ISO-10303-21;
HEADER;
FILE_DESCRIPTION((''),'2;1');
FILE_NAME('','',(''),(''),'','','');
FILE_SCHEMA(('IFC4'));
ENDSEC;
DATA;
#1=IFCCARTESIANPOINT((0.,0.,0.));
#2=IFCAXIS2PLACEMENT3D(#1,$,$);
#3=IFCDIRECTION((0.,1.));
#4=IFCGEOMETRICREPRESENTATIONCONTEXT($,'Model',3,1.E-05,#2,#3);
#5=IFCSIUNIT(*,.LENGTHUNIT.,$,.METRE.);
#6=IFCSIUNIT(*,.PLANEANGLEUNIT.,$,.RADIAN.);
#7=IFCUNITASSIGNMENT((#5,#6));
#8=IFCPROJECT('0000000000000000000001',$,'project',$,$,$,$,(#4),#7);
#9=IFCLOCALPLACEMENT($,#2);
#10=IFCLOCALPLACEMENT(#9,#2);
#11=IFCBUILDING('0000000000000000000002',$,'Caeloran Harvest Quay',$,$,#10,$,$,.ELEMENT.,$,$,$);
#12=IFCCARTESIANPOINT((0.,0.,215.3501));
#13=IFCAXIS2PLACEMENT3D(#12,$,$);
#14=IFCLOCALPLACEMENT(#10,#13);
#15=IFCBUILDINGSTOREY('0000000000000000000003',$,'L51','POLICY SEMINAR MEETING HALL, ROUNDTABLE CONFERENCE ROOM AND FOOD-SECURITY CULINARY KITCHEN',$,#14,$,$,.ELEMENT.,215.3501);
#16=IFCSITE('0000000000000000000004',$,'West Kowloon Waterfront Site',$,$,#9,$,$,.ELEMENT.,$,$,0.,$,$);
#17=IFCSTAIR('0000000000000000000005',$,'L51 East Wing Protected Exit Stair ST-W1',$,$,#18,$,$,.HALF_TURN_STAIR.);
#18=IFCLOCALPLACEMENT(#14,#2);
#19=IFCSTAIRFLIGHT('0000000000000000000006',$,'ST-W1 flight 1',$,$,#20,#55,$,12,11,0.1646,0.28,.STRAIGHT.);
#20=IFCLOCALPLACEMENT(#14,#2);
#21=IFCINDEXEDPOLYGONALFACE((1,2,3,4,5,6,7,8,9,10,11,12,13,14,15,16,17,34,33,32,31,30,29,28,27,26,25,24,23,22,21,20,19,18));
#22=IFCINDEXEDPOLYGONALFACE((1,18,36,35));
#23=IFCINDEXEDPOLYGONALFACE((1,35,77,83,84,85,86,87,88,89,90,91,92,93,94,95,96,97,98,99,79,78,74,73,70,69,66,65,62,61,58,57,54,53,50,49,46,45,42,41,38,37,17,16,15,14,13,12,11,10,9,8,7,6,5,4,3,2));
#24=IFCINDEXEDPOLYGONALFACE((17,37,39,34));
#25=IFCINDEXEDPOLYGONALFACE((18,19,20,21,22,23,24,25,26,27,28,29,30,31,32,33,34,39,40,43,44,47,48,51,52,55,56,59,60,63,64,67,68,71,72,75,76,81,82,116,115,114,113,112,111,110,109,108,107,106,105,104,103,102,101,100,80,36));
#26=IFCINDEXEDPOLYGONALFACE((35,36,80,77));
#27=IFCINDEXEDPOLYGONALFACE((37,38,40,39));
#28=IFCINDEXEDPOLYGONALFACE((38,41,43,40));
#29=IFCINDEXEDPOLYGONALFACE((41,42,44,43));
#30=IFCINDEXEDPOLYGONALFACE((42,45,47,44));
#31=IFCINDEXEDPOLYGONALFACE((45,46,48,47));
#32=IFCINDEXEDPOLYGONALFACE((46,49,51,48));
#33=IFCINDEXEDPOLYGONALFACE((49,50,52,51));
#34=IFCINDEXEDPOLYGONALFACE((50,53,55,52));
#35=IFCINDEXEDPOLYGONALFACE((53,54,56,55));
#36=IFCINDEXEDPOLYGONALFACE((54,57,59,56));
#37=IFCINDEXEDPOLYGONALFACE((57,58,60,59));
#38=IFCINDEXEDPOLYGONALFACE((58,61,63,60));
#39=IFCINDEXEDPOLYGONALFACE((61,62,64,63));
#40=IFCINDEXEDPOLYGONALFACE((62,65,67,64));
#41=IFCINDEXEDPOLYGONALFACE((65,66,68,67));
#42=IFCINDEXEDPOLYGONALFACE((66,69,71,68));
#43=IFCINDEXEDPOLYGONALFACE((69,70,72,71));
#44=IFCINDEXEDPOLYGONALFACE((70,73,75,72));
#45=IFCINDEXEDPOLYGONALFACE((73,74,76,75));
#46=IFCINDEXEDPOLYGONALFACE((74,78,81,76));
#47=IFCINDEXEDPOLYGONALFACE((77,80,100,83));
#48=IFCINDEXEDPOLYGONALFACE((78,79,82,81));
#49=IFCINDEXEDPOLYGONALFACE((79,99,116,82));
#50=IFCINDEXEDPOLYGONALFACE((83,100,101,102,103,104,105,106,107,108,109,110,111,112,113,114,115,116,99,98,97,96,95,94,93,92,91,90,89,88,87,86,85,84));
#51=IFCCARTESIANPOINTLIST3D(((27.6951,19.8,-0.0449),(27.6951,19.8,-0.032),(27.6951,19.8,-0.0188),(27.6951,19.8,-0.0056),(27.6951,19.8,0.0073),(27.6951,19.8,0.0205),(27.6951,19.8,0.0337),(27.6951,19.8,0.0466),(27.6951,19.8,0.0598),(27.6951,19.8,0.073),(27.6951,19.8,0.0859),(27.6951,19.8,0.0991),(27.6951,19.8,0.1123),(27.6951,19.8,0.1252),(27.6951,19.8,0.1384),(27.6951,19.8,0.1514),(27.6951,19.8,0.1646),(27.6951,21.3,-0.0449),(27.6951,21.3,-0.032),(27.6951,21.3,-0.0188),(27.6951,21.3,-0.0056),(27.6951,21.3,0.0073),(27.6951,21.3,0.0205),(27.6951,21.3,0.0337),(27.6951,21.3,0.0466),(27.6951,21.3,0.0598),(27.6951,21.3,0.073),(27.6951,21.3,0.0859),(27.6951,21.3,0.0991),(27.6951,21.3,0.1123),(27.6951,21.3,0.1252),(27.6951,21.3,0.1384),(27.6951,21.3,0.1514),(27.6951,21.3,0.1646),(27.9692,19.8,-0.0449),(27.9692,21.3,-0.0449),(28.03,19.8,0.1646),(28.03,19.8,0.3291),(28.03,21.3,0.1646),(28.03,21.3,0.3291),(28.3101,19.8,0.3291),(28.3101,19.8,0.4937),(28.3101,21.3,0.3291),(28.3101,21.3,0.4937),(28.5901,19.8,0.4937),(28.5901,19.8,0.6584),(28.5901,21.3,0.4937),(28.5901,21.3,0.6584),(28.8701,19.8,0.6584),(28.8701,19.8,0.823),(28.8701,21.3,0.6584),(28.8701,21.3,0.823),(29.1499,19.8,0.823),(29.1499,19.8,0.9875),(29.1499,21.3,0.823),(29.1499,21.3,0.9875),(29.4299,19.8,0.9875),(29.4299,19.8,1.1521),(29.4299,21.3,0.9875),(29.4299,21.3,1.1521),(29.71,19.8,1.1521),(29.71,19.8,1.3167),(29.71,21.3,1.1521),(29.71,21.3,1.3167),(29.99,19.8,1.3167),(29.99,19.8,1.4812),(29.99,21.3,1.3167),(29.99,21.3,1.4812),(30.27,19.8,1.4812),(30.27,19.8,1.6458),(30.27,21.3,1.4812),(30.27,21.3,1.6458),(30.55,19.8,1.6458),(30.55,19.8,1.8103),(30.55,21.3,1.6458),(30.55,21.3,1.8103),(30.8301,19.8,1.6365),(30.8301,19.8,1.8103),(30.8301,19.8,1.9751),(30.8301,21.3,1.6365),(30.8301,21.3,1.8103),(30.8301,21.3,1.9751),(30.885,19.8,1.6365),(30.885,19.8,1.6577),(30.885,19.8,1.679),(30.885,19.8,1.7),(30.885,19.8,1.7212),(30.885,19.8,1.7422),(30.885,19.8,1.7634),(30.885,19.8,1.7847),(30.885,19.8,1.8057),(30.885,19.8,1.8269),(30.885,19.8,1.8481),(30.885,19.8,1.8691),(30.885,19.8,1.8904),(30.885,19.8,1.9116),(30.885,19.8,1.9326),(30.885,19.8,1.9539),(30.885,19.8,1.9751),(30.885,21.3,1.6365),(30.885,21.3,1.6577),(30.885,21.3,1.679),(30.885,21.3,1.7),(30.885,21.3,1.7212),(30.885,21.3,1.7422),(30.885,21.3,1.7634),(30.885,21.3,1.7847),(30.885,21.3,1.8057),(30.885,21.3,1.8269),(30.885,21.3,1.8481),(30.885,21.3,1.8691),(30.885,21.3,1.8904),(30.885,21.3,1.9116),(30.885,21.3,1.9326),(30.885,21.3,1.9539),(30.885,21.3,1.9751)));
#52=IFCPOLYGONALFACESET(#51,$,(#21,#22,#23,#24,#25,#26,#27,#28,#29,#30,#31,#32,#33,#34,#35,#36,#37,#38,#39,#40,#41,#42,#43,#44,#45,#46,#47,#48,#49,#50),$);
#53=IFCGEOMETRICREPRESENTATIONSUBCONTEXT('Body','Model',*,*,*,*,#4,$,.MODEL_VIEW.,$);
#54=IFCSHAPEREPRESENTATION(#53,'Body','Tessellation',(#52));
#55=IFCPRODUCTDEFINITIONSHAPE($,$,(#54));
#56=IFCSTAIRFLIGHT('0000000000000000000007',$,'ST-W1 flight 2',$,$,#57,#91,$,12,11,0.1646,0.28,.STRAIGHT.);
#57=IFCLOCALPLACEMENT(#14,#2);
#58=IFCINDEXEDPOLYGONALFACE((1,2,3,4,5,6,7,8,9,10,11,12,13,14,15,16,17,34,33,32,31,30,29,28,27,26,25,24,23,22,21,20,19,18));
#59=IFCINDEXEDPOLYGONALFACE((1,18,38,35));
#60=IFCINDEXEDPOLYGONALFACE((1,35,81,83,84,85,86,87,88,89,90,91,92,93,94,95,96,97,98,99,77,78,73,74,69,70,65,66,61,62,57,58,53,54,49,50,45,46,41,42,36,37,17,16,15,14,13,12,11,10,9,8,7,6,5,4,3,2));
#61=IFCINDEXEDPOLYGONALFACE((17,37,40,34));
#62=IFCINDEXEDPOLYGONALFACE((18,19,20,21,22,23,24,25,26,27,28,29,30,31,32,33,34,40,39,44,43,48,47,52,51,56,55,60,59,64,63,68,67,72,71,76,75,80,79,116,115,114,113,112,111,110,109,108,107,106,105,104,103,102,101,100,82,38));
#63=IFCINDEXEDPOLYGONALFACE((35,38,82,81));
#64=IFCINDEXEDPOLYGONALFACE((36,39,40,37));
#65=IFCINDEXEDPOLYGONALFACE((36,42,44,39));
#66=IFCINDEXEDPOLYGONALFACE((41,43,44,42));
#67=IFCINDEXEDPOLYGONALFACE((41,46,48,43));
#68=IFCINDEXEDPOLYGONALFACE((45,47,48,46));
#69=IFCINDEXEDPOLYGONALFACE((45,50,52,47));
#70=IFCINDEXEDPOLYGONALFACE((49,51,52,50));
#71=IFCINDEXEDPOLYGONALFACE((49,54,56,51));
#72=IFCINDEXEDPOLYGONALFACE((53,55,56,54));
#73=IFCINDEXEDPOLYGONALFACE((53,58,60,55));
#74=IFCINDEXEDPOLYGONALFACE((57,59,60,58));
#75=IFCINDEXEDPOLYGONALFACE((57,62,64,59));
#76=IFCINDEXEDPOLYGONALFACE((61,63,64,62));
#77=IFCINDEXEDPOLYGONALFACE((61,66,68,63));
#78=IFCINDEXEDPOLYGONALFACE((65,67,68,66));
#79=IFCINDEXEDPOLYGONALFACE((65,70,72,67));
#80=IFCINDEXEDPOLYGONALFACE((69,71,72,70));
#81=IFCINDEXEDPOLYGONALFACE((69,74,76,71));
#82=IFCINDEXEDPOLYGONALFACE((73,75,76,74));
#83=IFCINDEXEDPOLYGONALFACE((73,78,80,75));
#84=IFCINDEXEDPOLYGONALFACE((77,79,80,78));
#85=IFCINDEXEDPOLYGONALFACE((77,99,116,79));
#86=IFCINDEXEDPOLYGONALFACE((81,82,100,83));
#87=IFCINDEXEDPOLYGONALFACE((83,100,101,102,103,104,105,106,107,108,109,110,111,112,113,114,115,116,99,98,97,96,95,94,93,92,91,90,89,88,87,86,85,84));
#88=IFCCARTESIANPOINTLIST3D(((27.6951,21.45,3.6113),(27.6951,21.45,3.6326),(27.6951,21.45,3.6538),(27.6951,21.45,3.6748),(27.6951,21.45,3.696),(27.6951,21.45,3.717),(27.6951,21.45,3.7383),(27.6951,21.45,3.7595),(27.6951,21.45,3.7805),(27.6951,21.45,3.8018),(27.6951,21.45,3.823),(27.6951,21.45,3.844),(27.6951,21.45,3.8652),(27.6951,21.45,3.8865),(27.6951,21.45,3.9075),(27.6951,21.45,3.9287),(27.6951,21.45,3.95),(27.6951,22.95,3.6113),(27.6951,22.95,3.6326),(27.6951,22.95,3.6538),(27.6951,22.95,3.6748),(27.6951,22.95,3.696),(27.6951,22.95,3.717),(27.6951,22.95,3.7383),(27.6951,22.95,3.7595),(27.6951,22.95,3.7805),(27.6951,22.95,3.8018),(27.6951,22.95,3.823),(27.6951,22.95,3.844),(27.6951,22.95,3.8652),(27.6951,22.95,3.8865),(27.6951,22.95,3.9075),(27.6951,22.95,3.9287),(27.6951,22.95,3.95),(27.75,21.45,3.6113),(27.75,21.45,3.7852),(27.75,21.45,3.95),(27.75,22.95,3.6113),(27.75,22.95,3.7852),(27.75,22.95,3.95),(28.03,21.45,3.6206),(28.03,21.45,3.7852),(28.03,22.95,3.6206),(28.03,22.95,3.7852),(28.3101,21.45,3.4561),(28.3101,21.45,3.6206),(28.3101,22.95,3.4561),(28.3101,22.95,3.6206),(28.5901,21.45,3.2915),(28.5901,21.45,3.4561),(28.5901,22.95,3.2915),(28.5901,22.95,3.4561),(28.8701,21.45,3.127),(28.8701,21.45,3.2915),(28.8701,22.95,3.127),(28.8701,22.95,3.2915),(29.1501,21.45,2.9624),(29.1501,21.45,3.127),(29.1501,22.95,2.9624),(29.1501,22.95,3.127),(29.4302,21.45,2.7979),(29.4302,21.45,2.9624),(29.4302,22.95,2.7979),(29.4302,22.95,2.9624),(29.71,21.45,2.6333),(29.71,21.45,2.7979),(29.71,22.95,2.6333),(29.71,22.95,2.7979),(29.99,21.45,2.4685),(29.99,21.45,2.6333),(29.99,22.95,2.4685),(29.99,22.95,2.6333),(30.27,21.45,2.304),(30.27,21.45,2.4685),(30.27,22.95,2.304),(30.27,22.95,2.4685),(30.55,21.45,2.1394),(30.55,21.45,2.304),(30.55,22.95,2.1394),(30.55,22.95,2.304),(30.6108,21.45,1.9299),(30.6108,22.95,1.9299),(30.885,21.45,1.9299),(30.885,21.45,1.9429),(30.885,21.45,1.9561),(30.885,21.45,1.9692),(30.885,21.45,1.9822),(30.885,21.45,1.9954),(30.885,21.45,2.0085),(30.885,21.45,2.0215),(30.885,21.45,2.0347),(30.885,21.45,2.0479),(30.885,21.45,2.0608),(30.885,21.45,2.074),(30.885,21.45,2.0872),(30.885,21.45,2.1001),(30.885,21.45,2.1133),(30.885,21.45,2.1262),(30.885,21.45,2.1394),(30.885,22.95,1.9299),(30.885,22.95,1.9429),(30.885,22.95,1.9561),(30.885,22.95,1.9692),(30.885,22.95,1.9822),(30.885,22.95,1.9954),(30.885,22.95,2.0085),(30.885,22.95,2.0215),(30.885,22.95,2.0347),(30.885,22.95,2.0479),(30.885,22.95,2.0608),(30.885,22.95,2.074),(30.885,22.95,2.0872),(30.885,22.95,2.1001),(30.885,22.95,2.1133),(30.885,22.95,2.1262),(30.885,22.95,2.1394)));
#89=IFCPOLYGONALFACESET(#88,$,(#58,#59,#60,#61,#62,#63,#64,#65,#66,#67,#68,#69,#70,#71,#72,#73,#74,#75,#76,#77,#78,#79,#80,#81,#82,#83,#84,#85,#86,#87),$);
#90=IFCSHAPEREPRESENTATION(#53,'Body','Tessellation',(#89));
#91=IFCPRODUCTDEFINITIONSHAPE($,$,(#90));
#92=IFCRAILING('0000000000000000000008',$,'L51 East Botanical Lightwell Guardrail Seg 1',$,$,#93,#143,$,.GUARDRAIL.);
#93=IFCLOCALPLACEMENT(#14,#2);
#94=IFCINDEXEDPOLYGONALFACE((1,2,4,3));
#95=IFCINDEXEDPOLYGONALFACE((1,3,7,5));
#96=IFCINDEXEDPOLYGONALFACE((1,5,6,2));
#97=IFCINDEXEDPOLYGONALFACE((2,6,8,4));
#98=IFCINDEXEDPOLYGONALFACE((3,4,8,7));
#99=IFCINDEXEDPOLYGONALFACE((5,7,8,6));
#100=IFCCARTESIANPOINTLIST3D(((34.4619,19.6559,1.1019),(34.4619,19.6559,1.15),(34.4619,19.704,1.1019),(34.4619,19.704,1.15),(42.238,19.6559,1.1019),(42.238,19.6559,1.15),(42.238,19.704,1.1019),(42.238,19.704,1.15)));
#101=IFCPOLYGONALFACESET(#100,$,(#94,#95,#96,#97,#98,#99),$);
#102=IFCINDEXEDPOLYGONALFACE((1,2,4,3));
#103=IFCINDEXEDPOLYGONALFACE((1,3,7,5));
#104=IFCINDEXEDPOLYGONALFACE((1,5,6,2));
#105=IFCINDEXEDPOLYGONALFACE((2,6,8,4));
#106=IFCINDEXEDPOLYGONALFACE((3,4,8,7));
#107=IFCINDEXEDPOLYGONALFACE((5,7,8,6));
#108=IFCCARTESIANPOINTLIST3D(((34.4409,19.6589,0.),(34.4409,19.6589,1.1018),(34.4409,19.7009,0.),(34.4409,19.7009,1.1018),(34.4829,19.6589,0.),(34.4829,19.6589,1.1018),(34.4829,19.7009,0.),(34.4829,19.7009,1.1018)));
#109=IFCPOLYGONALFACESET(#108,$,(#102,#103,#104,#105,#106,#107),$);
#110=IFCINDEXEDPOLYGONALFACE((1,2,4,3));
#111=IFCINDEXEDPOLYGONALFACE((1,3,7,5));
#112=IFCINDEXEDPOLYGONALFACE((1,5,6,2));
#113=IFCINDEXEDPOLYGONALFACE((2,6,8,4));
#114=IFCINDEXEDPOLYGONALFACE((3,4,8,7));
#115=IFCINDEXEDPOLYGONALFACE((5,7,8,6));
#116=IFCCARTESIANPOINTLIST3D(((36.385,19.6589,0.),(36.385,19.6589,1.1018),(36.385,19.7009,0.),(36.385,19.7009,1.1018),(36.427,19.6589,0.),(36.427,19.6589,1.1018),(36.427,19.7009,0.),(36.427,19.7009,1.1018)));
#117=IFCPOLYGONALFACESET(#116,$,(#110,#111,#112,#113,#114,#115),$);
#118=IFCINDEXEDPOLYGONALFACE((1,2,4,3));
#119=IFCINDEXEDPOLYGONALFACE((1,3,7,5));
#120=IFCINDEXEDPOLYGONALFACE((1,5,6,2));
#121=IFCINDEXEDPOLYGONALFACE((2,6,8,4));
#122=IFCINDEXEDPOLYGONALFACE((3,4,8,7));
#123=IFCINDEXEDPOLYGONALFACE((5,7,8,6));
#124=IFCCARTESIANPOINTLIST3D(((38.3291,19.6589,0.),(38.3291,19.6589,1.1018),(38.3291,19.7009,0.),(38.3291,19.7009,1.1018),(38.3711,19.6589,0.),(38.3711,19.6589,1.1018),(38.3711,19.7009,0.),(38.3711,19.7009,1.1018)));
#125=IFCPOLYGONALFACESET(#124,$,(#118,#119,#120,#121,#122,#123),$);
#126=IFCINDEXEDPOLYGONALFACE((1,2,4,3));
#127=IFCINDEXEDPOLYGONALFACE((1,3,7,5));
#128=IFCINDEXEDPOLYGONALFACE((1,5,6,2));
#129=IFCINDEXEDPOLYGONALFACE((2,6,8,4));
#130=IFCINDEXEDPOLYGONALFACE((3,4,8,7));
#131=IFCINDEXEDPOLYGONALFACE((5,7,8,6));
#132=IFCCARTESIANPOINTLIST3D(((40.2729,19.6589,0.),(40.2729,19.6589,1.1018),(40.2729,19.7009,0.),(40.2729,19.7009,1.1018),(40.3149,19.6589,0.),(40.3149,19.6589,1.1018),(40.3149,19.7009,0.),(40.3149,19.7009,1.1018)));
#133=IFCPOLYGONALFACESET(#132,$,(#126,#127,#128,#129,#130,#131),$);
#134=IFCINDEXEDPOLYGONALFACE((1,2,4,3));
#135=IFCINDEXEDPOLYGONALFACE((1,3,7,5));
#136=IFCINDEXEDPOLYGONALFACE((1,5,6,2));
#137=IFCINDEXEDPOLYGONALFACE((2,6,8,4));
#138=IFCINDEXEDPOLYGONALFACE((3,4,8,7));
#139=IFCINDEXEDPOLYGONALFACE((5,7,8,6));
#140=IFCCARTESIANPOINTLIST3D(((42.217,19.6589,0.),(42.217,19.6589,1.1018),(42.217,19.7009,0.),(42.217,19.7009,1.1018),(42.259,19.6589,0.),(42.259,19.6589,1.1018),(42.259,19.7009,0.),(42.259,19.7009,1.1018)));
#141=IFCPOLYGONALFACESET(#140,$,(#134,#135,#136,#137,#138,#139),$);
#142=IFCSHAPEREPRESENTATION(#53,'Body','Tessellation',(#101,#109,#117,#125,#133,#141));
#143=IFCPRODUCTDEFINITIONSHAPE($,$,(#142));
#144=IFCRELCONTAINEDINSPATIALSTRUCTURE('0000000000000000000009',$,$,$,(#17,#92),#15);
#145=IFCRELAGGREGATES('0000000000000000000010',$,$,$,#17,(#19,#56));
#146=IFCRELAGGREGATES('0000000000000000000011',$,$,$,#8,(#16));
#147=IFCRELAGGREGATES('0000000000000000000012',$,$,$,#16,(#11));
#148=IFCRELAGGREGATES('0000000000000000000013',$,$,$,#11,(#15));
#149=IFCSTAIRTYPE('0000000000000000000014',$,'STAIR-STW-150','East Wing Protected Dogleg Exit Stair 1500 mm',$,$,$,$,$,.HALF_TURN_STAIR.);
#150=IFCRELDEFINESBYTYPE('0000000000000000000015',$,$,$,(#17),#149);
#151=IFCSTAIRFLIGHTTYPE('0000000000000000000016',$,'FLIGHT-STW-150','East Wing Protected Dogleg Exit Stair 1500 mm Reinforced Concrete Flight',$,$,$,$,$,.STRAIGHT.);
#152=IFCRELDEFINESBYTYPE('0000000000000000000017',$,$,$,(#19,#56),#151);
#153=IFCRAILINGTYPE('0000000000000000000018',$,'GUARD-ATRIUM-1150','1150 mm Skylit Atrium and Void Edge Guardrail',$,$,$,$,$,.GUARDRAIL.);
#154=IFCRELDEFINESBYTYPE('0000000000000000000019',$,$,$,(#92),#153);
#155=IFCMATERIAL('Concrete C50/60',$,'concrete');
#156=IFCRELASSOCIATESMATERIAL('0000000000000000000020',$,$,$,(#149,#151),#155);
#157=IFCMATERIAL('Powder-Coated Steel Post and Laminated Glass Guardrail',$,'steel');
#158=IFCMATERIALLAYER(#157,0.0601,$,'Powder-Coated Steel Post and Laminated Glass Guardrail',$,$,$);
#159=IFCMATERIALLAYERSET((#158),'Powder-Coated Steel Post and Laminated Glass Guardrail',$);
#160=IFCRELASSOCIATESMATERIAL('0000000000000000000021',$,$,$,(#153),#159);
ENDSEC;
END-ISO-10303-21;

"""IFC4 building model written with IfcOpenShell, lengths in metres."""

from ifc_helpers import new_model, si_unit, direction, frame, origin, origin_2d, place, context, subcontext, project, spatial, polyline, rectangle, outline, extrude, material, layer, layer_set, type_object, element, aggregate, save


model = new_model("IFC4")

# Units and contexts
model_context = context("Model", 3, precision=1e-05, world=origin(), true_north=direction((0.0, 1.0)))
body_context = subcontext(model_context, "Body", "Model", "MODEL_VIEW")
ifc_project = project(units=[si_unit("LENGTHUNIT", "METRE"), si_unit("PLANEANGLEUNIT", "RADIAN")], contexts=[model_context])

# Site, building, storey
site_placement = place(None, origin())
site = spatial("IfcSite", under=ifc_project, at=site_placement, Name="West Kowloon Waterfront Site", CompositionType="ELEMENT", RefElevation=0.0)
building_placement = place(site_placement, origin())
building = spatial("IfcBuilding", under=site, at=building_placement, Name="Caeloran Harvest Quay", CompositionType="ELEMENT")
storey_placement = place(building_placement, frame((0.0, 0.0, 215.3501)))
storey = spatial("IfcBuildingStorey", under=building, at=storey_placement, Name="L51", Description="POLICY SEMINAR MEETING HALL, ROUNDTABLE CONFERENCE ROOM AND FOOD-SECURITY CULINARY KITCHEN", CompositionType="ELEMENT", Elevation=215.3501)

# Stair, stair flights
ifc_material_1 = material(Name="Concrete C50/60", Category="concrete")
stair_type = type_object("IfcStairType", Name="STAIR-STW-150", Description="East Wing Protected Dogleg Exit Stair 1500 mm", PredefinedType="HALF_TURN_STAIR", material=ifc_material_1)
stair_placement = place(storey_placement, origin())
stair = element("IfcStair", 1, at=stair_placement, inside=storey, type_object=stair_type, Name="L51 East Wing Protected Exit Stair ST-W1", PredefinedType="HALF_TURN_STAIR")
stair_flight_type = type_object("IfcStairFlightType", Name="FLIGHT-STW-150", Description="East Wing Protected Dogleg Exit Stair 1500 mm Reinforced Concrete Flight", PredefinedType="STRAIGHT", material=ifc_material_1)
stair_flight_1_placement = place(storey_placement, frame((27.75, 20.55, 0.0), z_axis=(0.0, 0.0, 1.0), x_axis=(1.0, 0.0, 0.0)))
stair_flight_1 = element("IfcStairFlight", 2, at=stair_flight_1_placement, type_object=stair_flight_type, Name="ST-W1 flight 1", NumberOfRisers=12, NumberOfTreads=11, PredefinedType="STRAIGHT", RiserHeight=0.1646, TreadLength=0.28, context=body_context, shape_type="SweptSolid", body=[
    extrude(outline(polyline([(-0.0549, -0.0449), (-0.0549, -0.032), (-0.0549, -0.0188), (-0.0549, -0.0056), (-0.0549, 0.0073), (-0.0549, 0.0205), (-0.0549, 0.0337), (-0.0549, 0.0466), (-0.0549, 0.0598), (-0.0549, 0.073), (-0.0549, 0.0859), (-0.0549, 0.0991), (-0.0549, 0.1123), (-0.0549, 0.1252), (-0.0549, 0.1384), (-0.0549, 0.1514), (-0.0549, 0.1646), (0.28, 0.1646), (0.28, 0.3291), (0.5601, 0.3291), (0.5601, 0.4937), (0.8401, 0.4937), (0.8401, 0.6584), (1.1201, 0.6584), (1.1201, 0.823), (1.3999, 0.823), (1.3999, 0.9875), (1.6799, 0.9875), (1.6799, 1.1521), (1.96, 1.1521), (1.96, 1.3167), (2.24, 1.3167), (2.24, 1.4812), (2.52, 1.4812), (2.52, 1.6458), (2.8, 1.6458), (2.8, 1.8103), (3.0801, 1.8103), (3.0801, 1.9751), (3.135, 1.9751), (3.135, 1.9539), (3.135, 1.9326), (3.135, 1.9116), (3.135, 1.8904), (3.135, 1.8691), (3.135, 1.8481), (3.135, 1.8269), (3.135, 1.8057), (3.135, 1.7847), (3.135, 1.7634), (3.135, 1.7422), (3.135, 1.7212), (3.135, 1.7), (3.135, 1.679), (3.135, 1.6577), (3.135, 1.6365), (3.0801, 1.6365), (0.2192, -0.0449), (-0.0549, -0.0449)])), frame((0.0, 0.75, 0.0), z_axis=(0.0, -1.0, 0.0), x_axis=(1.0, 0.0, 0.0)), (0.0, 0.0, 1.0), 1.5),
])
stair_flight_2_placement = place(storey_placement, frame((30.8301, 22.2, 1.9749), z_axis=(0.0, 0.0, 1.0), x_axis=(-1.0, 0.0, 0.0)))
stair_flight_2 = element("IfcStairFlight", 3, at=stair_flight_2_placement, type_object=stair_flight_type, Name="ST-W1 flight 2", NumberOfRisers=12, NumberOfTreads=11, PredefinedType="STRAIGHT", RiserHeight=0.1646, TreadLength=0.28, context=body_context, shape_type="SweptSolid", body=[
    extrude(outline(polyline([(-0.0549, -0.0449), (-0.0549, -0.032), (-0.0549, -0.0188), (-0.0549, -0.0056), (-0.0549, 0.0073), (-0.0549, 0.0205), (-0.0549, 0.0337), (-0.0549, 0.0466), (-0.0549, 0.0598), (-0.0549, 0.073), (-0.0549, 0.0859), (-0.0549, 0.0991), (-0.0549, 0.1123), (-0.0549, 0.1252), (-0.0549, 0.1384), (-0.0549, 0.1514), (-0.0549, 0.1646), (0.28, 0.1646), (0.28, 0.3291), (0.5601, 0.3291), (0.5601, 0.4937), (0.8401, 0.4937), (0.8401, 0.6584), (1.1201, 0.6584), (1.1201, 0.823), (1.3999, 0.823), (1.3999, 0.9875), (1.6799, 0.9875), (1.6799, 1.1521), (1.96, 1.1521), (1.96, 1.3167), (2.24, 1.3167), (2.24, 1.4812), (2.52, 1.4812), (2.52, 1.6458), (2.8, 1.6458), (2.8, 1.8103), (3.0801, 1.8103), (3.0801, 1.9751), (3.135, 1.9751), (3.135, 1.9539), (3.135, 1.9326), (3.135, 1.9116), (3.135, 1.8904), (3.135, 1.8691), (3.135, 1.8481), (3.135, 1.8269), (3.135, 1.8057), (3.135, 1.7847), (3.135, 1.7634), (3.135, 1.7422), (3.135, 1.7212), (3.135, 1.7), (3.135, 1.679), (3.135, 1.6577), (3.135, 1.6365), (3.0801, 1.6365), (0.2192, -0.0449), (-0.0549, -0.0449)])), frame((0.0, 0.75, 0.0), z_axis=(0.0, -1.0, 0.0), x_axis=(1.0, 0.0, 0.0)), (0.0, 0.0, 1.0), 1.5),
])
aggregate(stair, [stair_flight_1, stair_flight_2])

# Railing
ifc_material_2 = material(Name="Powder-Coated Steel Post and Laminated Glass Guardrail", Category="steel")
ifc_layer_1 = layer(ifc_material_2, 0.0601, Name="Powder-Coated Steel Post and Laminated Glass Guardrail")
ifc_layer_set_1 = layer_set([ifc_layer_1], Name="Powder-Coated Steel Post and Laminated Glass Guardrail")
railing_type_1 = type_object("IfcRailingType", Name="GUARD-ATRIUM-1150", Description="1150 mm Skylit Atrium and Void Edge Guardrail", PredefinedType="GUARDRAIL", material=ifc_layer_set_1)
railing_1_placement = place(storey_placement, frame((34.4619, 19.6799, 0.0)))
element("IfcRailing", 4, at=railing_1_placement, inside=storey, type_object=railing_type_1, Name="L51 East Botanical Lightwell Guardrail Seg 1", PredefinedType="GUARDRAIL", context=body_context, shape_type="SweptSolid", body=[
    extrude(rectangle(XDim=0.0481, YDim=0.0481, at=origin_2d()), frame((0.0, 0.0, 1.126), z_axis=(1.0, 0.0, 0.0), x_axis=(0.0, 1.0, 0.0)), (0.0, 0.0, 1.0), 7.7761),
    extrude(rectangle(XDim=0.042, YDim=0.042, at=origin_2d()), origin(), (0.0, 0.0, 1.0), 1.1018),
    extrude(rectangle(XDim=0.042, YDim=0.042, at=origin_2d()), frame((1.9441, 0.0, 0.0)), (0.0, 0.0, 1.0), 1.1018),
    extrude(rectangle(XDim=0.042, YDim=0.042, at=origin_2d()), frame((3.8882, 0.0, 0.0)), (0.0, 0.0, 1.0), 1.1018),
    extrude(rectangle(XDim=0.042, YDim=0.042, at=origin_2d()), frame((5.832, 0.0, 0.0)), (0.0, 0.0, 1.0), 1.1018),
    extrude(rectangle(XDim=0.042, YDim=0.042, at=origin_2d()), frame((7.7761, 0.0, 0.0)), (0.0, 0.0, 1.0), 1.1018),
])

save(model, "model.ifc")
